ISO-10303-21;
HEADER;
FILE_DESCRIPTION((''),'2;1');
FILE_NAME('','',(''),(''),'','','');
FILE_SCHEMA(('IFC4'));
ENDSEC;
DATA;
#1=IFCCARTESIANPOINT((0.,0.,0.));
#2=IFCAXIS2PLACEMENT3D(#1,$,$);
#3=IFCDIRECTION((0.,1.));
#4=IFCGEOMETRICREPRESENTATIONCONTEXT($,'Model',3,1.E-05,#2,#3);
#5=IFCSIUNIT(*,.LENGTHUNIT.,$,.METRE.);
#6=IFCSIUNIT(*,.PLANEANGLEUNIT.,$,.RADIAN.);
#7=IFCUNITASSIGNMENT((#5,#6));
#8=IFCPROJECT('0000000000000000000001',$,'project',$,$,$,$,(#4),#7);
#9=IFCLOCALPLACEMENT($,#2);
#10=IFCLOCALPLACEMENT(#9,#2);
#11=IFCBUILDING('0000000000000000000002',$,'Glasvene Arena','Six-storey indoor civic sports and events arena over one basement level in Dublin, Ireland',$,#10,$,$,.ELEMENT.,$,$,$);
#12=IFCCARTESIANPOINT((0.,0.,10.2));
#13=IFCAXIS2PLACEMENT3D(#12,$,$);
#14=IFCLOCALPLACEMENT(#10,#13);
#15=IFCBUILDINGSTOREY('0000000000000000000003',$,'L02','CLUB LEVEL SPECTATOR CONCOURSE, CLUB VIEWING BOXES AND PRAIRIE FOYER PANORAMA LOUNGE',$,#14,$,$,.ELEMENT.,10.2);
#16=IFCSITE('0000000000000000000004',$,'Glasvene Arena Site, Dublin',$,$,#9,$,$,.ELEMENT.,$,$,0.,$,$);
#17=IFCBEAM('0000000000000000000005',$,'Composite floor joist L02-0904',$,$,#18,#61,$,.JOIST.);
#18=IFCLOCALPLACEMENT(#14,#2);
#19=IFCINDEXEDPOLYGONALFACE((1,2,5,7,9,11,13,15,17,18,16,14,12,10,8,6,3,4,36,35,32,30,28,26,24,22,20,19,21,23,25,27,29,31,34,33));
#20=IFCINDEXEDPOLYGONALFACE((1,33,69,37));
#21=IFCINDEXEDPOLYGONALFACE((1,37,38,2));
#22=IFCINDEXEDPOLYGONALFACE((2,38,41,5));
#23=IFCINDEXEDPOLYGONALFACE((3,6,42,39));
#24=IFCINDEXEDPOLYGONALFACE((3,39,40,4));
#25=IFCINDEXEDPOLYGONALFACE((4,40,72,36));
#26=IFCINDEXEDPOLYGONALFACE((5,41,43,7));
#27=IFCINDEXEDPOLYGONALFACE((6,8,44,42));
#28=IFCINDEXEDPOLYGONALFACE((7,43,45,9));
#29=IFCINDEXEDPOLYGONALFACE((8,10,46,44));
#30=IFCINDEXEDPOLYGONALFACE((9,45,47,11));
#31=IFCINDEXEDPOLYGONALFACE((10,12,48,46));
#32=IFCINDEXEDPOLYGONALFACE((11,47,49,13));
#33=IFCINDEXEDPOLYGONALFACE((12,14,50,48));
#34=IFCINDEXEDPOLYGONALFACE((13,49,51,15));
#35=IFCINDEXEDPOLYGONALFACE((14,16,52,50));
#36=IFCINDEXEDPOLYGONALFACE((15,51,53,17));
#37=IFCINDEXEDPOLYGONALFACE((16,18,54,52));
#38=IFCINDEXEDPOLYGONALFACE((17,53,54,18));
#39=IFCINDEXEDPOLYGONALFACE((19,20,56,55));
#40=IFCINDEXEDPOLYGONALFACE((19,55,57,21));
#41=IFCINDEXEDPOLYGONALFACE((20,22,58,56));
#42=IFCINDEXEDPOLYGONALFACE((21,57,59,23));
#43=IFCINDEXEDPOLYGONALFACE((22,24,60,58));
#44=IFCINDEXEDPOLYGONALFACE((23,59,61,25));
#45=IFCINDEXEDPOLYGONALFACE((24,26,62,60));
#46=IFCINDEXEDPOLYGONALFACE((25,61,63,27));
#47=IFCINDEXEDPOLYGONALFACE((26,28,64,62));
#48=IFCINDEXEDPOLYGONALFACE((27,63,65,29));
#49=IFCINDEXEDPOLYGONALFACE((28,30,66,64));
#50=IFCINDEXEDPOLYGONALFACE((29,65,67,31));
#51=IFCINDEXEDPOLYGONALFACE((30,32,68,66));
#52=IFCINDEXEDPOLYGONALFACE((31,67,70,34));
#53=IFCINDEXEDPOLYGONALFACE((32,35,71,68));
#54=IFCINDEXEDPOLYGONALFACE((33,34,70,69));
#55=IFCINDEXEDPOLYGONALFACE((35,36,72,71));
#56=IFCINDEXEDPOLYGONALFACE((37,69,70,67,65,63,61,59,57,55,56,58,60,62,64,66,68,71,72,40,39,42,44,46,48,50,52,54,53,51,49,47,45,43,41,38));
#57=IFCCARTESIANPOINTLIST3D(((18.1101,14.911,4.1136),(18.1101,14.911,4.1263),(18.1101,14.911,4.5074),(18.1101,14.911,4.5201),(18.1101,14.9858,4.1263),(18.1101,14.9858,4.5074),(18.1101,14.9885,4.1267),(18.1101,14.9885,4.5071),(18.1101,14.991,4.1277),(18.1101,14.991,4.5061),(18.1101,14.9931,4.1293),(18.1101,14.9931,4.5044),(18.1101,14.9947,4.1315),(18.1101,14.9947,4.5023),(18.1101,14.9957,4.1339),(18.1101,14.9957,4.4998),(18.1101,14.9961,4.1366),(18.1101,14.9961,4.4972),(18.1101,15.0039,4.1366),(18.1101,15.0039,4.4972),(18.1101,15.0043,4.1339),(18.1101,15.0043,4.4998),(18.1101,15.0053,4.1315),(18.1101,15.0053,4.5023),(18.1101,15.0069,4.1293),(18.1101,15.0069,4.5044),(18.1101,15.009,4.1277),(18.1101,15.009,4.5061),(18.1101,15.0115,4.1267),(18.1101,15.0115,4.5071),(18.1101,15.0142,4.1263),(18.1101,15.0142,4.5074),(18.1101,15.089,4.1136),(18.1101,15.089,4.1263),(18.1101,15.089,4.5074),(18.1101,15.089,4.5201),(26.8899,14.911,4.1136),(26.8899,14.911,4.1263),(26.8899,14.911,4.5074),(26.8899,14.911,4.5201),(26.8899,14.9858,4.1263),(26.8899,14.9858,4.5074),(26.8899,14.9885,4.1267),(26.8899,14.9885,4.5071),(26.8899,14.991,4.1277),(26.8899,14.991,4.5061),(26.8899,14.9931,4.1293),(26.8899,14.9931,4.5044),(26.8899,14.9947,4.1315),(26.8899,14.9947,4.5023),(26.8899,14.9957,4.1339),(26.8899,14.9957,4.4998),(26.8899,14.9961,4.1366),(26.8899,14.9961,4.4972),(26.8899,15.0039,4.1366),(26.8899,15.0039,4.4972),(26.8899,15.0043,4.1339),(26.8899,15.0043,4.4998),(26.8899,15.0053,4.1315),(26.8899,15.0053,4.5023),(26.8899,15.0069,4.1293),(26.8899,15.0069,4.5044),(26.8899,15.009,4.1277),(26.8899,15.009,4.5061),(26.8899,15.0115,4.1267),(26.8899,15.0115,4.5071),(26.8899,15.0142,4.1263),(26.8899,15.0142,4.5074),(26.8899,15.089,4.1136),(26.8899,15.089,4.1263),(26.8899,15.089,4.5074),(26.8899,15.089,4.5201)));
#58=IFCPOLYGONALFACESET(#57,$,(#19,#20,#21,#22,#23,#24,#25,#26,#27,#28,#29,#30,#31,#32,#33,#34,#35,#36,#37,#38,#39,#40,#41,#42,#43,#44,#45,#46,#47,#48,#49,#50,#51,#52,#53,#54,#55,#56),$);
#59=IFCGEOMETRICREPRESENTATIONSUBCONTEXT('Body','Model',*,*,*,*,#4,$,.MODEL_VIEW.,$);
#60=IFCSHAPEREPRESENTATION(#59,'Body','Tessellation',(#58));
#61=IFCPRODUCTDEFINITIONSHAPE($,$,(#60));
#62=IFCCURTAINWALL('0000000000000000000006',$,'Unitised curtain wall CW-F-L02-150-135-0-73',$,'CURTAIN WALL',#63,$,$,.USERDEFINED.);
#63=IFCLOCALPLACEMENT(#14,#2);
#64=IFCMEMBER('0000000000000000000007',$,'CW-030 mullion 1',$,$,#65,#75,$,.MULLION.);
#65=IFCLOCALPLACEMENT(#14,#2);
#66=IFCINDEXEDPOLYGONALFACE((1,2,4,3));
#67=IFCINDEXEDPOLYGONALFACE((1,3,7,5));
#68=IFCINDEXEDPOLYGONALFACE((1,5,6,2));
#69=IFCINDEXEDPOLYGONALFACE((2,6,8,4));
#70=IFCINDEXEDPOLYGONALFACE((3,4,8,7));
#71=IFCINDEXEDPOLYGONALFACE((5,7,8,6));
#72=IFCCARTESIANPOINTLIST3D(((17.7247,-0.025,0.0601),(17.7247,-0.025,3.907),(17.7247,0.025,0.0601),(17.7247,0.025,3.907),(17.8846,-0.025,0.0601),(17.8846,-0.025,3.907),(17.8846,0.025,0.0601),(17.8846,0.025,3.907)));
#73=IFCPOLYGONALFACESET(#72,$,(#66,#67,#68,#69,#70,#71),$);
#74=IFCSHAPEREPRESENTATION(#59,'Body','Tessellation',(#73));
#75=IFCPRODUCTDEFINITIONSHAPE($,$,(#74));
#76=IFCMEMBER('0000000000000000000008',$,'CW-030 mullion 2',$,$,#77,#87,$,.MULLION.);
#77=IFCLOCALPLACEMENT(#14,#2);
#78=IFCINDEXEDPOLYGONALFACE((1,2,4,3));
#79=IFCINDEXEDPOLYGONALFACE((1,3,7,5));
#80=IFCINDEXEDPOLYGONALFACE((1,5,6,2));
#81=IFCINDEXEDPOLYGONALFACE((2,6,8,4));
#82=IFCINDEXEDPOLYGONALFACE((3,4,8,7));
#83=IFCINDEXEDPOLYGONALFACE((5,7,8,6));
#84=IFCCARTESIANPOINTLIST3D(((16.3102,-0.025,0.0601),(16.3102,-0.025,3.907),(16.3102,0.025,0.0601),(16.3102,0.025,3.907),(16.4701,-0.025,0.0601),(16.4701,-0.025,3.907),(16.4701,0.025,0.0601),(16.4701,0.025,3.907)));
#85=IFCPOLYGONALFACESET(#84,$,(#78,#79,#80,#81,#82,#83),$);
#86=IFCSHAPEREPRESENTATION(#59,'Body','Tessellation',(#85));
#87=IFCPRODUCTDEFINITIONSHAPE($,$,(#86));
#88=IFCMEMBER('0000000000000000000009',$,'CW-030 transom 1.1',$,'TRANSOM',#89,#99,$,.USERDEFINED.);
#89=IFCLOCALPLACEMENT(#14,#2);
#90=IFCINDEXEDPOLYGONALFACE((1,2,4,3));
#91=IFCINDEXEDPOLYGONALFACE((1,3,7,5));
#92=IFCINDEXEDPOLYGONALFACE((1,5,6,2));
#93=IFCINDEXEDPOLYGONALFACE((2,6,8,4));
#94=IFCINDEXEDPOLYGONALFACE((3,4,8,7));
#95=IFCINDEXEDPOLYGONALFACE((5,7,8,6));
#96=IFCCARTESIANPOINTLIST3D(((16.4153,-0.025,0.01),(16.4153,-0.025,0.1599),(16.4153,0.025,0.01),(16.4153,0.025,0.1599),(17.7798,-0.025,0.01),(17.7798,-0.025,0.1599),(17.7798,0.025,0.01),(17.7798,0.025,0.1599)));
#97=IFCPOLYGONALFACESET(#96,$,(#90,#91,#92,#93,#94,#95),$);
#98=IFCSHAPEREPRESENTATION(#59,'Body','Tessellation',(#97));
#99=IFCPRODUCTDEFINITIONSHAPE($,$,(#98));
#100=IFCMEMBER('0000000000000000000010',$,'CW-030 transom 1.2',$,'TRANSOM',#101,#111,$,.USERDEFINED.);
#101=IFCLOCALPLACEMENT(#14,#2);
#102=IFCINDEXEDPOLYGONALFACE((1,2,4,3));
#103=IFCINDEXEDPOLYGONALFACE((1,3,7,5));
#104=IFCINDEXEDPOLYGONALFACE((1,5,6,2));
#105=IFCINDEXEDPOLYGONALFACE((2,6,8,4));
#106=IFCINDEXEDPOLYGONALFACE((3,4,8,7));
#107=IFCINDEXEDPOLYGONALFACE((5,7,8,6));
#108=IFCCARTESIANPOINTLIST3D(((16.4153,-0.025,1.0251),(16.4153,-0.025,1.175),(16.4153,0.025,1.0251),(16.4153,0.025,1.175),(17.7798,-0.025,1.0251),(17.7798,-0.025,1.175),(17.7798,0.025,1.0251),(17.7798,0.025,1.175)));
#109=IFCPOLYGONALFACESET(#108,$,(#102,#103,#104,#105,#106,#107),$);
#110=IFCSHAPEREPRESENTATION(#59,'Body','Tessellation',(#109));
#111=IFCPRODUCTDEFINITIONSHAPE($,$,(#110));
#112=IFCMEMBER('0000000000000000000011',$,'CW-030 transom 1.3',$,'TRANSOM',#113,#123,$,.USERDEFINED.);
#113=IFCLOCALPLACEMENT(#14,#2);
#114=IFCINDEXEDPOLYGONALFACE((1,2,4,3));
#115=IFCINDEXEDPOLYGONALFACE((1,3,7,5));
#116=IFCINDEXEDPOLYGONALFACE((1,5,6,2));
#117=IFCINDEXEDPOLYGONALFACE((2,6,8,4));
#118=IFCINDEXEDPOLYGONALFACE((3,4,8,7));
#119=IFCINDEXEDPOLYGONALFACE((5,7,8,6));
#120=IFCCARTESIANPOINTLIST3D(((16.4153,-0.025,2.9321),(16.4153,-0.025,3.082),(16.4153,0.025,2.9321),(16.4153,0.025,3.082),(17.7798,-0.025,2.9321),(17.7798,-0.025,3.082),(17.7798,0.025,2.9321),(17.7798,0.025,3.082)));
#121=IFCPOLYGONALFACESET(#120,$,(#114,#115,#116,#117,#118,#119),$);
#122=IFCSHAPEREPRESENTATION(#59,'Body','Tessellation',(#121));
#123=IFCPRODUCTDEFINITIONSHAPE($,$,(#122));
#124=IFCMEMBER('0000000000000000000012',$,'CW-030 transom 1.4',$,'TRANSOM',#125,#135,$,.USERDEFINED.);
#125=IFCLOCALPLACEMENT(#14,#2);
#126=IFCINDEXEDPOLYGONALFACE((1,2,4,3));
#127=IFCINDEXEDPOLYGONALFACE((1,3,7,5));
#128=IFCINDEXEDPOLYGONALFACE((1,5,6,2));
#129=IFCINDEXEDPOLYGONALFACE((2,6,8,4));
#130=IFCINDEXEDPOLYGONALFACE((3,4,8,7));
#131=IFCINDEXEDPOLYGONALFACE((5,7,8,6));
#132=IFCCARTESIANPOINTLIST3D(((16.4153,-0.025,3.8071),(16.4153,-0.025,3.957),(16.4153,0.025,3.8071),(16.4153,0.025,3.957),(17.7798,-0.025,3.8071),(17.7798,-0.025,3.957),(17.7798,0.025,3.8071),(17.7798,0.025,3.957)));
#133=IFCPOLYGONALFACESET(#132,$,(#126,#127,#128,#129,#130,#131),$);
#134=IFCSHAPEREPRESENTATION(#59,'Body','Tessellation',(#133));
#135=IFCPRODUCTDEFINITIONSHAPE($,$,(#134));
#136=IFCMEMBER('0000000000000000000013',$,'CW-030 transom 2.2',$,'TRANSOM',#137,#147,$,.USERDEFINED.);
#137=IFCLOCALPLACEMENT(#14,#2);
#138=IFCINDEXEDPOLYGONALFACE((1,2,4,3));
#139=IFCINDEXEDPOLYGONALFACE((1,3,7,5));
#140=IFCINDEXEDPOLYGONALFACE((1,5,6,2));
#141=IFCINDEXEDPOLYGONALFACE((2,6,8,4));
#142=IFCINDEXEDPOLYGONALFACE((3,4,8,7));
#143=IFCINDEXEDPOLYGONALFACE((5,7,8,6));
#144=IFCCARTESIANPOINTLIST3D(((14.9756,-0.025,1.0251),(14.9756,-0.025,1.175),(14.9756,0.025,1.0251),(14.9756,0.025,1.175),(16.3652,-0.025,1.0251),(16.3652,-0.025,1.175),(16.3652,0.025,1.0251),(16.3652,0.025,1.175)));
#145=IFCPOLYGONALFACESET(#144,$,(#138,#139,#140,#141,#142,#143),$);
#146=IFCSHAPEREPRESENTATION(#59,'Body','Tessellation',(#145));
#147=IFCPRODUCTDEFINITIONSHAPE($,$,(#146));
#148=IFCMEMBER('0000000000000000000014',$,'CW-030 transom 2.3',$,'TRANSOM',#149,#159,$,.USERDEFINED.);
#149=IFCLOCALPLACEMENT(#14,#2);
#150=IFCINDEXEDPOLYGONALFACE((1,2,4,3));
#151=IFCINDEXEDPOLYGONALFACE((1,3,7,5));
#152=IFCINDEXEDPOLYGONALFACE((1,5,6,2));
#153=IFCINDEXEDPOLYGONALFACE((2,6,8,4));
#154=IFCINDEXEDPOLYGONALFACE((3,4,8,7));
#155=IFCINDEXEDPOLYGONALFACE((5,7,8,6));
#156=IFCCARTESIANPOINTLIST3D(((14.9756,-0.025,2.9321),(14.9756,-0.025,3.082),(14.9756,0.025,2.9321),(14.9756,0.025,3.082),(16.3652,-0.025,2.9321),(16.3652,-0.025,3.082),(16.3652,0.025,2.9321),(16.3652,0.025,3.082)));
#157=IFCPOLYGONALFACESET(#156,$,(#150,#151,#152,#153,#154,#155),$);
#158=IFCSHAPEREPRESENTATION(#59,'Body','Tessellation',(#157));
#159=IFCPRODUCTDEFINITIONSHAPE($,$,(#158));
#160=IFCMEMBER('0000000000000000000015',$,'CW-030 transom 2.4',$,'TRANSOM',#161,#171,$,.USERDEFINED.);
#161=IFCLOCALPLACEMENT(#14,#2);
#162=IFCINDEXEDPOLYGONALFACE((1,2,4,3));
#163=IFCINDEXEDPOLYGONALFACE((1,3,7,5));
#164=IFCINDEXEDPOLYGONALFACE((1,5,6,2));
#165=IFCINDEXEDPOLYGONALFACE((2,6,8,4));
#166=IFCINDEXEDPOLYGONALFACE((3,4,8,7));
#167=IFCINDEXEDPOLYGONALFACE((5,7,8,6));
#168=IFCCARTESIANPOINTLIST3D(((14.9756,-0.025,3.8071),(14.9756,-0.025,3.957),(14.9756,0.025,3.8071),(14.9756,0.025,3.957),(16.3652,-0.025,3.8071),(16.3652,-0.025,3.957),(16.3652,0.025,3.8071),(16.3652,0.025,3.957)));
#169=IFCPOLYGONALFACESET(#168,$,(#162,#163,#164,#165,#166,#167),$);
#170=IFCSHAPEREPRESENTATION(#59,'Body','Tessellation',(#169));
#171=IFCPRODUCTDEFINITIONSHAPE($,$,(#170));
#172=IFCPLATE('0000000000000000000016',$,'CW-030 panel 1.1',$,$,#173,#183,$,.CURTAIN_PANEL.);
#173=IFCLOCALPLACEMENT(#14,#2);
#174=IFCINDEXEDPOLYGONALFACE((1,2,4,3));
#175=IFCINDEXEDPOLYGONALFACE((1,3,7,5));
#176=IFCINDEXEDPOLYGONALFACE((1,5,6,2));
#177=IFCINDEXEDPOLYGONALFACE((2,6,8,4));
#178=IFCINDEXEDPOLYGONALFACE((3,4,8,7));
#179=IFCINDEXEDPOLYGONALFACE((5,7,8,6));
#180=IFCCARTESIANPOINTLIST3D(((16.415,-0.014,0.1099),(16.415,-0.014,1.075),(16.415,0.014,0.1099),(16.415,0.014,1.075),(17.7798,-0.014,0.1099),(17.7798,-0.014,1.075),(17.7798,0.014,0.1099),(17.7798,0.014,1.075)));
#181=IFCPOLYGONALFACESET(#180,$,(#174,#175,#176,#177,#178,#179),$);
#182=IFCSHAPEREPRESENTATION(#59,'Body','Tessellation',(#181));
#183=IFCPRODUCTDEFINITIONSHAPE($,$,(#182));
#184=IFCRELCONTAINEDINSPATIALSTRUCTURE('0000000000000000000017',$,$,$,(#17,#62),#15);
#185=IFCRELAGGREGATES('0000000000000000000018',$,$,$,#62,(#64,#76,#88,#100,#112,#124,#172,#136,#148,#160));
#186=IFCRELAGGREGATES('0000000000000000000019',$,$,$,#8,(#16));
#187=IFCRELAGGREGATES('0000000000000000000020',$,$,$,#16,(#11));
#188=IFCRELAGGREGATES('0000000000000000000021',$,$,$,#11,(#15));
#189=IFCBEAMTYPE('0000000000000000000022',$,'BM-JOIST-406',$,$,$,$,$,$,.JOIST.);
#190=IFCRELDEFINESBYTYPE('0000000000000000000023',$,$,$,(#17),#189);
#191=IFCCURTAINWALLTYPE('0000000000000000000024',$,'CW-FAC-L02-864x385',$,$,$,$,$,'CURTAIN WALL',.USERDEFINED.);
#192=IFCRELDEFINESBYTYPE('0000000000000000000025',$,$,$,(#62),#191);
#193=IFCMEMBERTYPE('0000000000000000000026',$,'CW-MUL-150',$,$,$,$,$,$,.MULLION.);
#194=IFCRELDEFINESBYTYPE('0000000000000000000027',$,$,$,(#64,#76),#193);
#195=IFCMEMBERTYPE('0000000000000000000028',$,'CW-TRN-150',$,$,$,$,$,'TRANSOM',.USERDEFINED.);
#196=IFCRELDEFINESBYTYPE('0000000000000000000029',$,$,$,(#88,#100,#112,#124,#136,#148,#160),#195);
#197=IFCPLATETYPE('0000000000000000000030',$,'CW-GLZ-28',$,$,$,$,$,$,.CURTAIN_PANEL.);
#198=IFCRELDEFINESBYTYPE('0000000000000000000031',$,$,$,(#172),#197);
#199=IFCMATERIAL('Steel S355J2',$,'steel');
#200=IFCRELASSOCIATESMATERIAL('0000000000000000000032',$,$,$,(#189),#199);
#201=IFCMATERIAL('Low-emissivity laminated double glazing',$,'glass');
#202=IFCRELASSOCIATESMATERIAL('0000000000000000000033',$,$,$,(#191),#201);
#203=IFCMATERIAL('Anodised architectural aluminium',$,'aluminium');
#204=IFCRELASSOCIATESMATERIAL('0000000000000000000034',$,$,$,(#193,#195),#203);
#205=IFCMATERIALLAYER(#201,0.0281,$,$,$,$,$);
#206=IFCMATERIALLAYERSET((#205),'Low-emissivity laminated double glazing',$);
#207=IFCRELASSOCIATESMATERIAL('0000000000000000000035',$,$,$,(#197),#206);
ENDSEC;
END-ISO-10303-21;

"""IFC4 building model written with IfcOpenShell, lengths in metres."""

from ifc_helpers import new_model, si_unit, direction, frame, origin, origin_2d, place, context, subcontext, project, spatial, rectangle, i_section, extrude, material, layer, layer_set, material_profile, profile_set, type_object, element, aggregate, save


model = new_model("IFC4")

# Units and contexts
model_context = context("Model", 3, precision=1e-05, world=origin(), true_north=direction((0.0, 1.0)))
body_context = subcontext(model_context, "Body", "Model", "MODEL_VIEW")
ifc_project = project(units=[si_unit("LENGTHUNIT", "METRE"), si_unit("PLANEANGLEUNIT", "RADIAN")], contexts=[model_context])

# Site, building, storey
site_placement = place(None, origin())
site = spatial("IfcSite", under=ifc_project, at=site_placement, Name="Glasvene Arena Site, Dublin", CompositionType="ELEMENT", RefElevation=0.0)
building_placement = place(site_placement, origin())
building = spatial("IfcBuilding", under=site, at=building_placement, Name="Glasvene Arena", Description="Six-storey indoor civic sports and events arena over one basement level in Dublin, Ireland", CompositionType="ELEMENT")
storey_placement = place(building_placement, frame((0.0, 0.0, 10.2)))
storey = spatial("IfcBuildingStorey", under=building, at=storey_placement, Name="L02", Description="CLUB LEVEL SPECTATOR CONCOURSE, CLUB VIEWING BOXES AND PRAIRIE FOYER PANORAMA LOUNGE", CompositionType="ELEMENT", Elevation=10.2)

# Shared definitions
ifc_material_1 = material(Name="Steel S355J2", Category="steel")

# Beam
ifc_material_profile_1 = material_profile(ifc_material_1, i_section(OverallWidth=0.178, OverallDepth=0.4065, WebThickness=0.0078, FlangeThickness=0.0127, FilletRadius=0.0103, at=origin_2d()), Name="UKB 406x178x60")
ifc_profile_set_1 = profile_set([ifc_material_profile_1], Name="Steel S355J2")
beam_type_1 = type_object("IfcBeamType", Name="BM-JOIST-406", PredefinedType="JOIST", material=ifc_profile_set_1)
for number, where, z_axis, x_axis, name in (
    (1, (18.1101, 15.0, 4.3169), (1.0, 0.0, 0.0), (0.0, 1.0, 0.0), "Composite floor joist L02-0904"),
):
    element("IfcBeam", number, at=place(storey_placement, frame(where, z_axis=z_axis, x_axis=x_axis)), inside=storey, type_object=beam_type_1, Name=name, PredefinedType="JOIST", context=body_context, shape_type="SweptSolid", body=[
        extrude(i_section(OverallWidth=0.178, OverallDepth=0.4065, WebThickness=0.0078, FlangeThickness=0.0127, FilletRadius=0.0103, at=origin_2d()), origin(), (0.0, 0.0, 1.0), 8.7798),
    ])

# Curtain wall, members, plate
ifc_material_2 = material(Name="Low-emissivity laminated double glazing", Category="glass")
curtain_wall_type = type_object("IfcCurtainWallType", Name="CW-FAC-L02-864x385", ElementType="CURTAIN WALL", PredefinedType="USERDEFINED", material=ifc_material_2)
curtain_wall_placement = place(storey_placement, frame((17.8298, 0.0, 0.0)))
curtain_wall = element("IfcCurtainWall", 2, at=curtain_wall_placement, inside=storey, type_object=curtain_wall_type, Name="Unitised curtain wall CW-F-L02-150-135-0-73", ObjectType="CURTAIN WALL", PredefinedType="USERDEFINED")
ifc_material_3 = material(Name="Anodised architectural aluminium", Category="aluminium")
ifc_material_profile_2 = material_profile(ifc_material_3, rectangle(XDim=0.05, YDim=0.1599, at=origin_2d()), Name="ALU MULLION 50x160")
ifc_profile_set_2 = profile_set([ifc_material_profile_2], Name="Anodised architectural aluminium")
member_type_1 = type_object("IfcMemberType", Name="CW-MUL-150", PredefinedType="MULLION", material=ifc_profile_set_2)
member_1_placement = place(storey_placement, frame((17.8047, 0.0, 0.0601), z_axis=(0.0, 0.0, 1.0), x_axis=(0.0, -1.0, 0.0)))
member_1 = element("IfcMember", 3, at=member_1_placement, type_object=member_type_1, Name="CW-030 mullion 1", PredefinedType="MULLION", context=body_context, shape_type="SweptSolid", body=[
    extrude(rectangle(XDim=0.05, YDim=0.1599, at=origin_2d()), origin(), (0.0, 0.0, 1.0), 3.8469),
])
member_2_placement = place(storey_placement, frame((16.3901, 0.0, 0.0601), z_axis=(0.0, 0.0, 1.0), x_axis=(0.0, -1.0, 0.0)))
member_2 = element("IfcMember", 4, at=member_2_placement, type_object=member_type_1, Name="CW-030 mullion 2", PredefinedType="MULLION", context=body_context, shape_type="SweptSolid", body=[
    extrude(rectangle(XDim=0.05, YDim=0.1599, at=origin_2d()), origin(), (0.0, 0.0, 1.0), 3.8469),
])
ifc_material_profile_3 = material_profile(ifc_material_3, rectangle(XDim=0.05, YDim=0.1499, at=origin_2d()), Name="ALU TRANSOM 50x150")
ifc_profile_set_3 = profile_set([ifc_material_profile_3], Name="Anodised architectural aluminium")
member_type_2 = type_object("IfcMemberType", Name="CW-TRN-150", ElementType="TRANSOM", PredefinedType="USERDEFINED", material=ifc_profile_set_3)
member_3_placement = place(storey_placement, frame((17.7798, 0.0, 0.085), z_axis=(-1.0, 0.0, 0.0), x_axis=(0.0, -1.0, 0.0)))
member_3 = element("IfcMember", 5, at=member_3_placement, type_object=member_type_2, Name="CW-030 transom 1.1", ObjectType="TRANSOM", PredefinedType="USERDEFINED", context=body_context, shape_type="SweptSolid", body=[
    extrude(rectangle(XDim=0.05, YDim=0.1499, at=origin_2d()), origin(), (0.0, 0.0, 1.0), 1.3645),
])
member_4_placement = place(storey_placement, frame((17.7798, 0.0, 1.1001), z_axis=(-1.0, 0.0, 0.0), x_axis=(0.0, -1.0, 0.0)))
member_4 = element("IfcMember", 6, at=member_4_placement, type_object=member_type_2, Name="CW-030 transom 1.2", ObjectType="TRANSOM", PredefinedType="USERDEFINED", context=body_context, shape_type="SweptSolid", body=[
    extrude(rectangle(XDim=0.05, YDim=0.1499, at=origin_2d()), origin(), (0.0, 0.0, 1.0), 1.3645),
])
member_5_placement = place(storey_placement, frame((17.7798, 0.0, 3.0071), z_axis=(-1.0, 0.0, 0.0), x_axis=(0.0, -1.0, 0.0)))
member_5 = element("IfcMember", 7, at=member_5_placement, type_object=member_type_2, Name="CW-030 transom 1.3", ObjectType="TRANSOM", PredefinedType="USERDEFINED", context=body_context, shape_type="SweptSolid", body=[
    extrude(rectangle(XDim=0.05, YDim=0.1499, at=origin_2d()), origin(), (0.0, 0.0, 1.0), 1.3645),
])
member_6_placement = place(storey_placement, frame((17.7798, 0.0, 3.8821), z_axis=(-1.0, 0.0, 0.0), x_axis=(0.0, -1.0, 0.0)))
member_6 = element("IfcMember", 8, at=member_6_placement, type_object=member_type_2, Name="CW-030 transom 1.4", ObjectType="TRANSOM", PredefinedType="USERDEFINED", context=body_context, shape_type="SweptSolid", body=[
    extrude(rectangle(XDim=0.05, YDim=0.1499, at=origin_2d()), origin(), (0.0, 0.0, 1.0), 1.3645),
])
member_7_placement = place(storey_placement, frame((16.3652, 0.0, 1.1001), z_axis=(-1.0, 0.0, 0.0), x_axis=(0.0, -1.0, 0.0)))
member_7 = element("IfcMember", 9, at=member_7_placement, type_object=member_type_2, Name="CW-030 transom 2.2", ObjectType="TRANSOM", PredefinedType="USERDEFINED", context=body_context, shape_type="SweptSolid", body=[
    extrude(rectangle(XDim=0.05, YDim=0.1499, at=origin_2d()), origin(), (0.0, 0.0, 1.0), 1.3896),
])
member_8_placement = place(storey_placement, frame((16.3652, 0.0, 3.0071), z_axis=(-1.0, 0.0, 0.0), x_axis=(0.0, -1.0, 0.0)))
member_8 = element("IfcMember", 10, at=member_8_placement, type_object=member_type_2, Name="CW-030 transom 2.3", ObjectType="TRANSOM", PredefinedType="USERDEFINED", context=body_context, shape_type="SweptSolid", body=[
    extrude(rectangle(XDim=0.05, YDim=0.1499, at=origin_2d()), origin(), (0.0, 0.0, 1.0), 1.3896),
])
member_9_placement = place(storey_placement, frame((16.3652, 0.0, 3.8821), z_axis=(-1.0, 0.0, 0.0), x_axis=(0.0, -1.0, 0.0)))
member_9 = element("IfcMember", 11, at=member_9_placement, type_object=member_type_2, Name="CW-030 transom 2.4", ObjectType="TRANSOM", PredefinedType="USERDEFINED", context=body_context, shape_type="SweptSolid", body=[
    extrude(rectangle(XDim=0.05, YDim=0.1499, at=origin_2d()), origin(), (0.0, 0.0, 1.0), 1.3896),
])
ifc_layer_1 = layer(ifc_material_2, 0.0281)
ifc_layer_set_1 = layer_set([ifc_layer_1], Name="Low-emissivity laminated double glazing")
plate_type = type_object("IfcPlateType", Name="CW-GLZ-28", PredefinedType="CURTAIN_PANEL", material=ifc_layer_set_1)
plate_1_placement = place(storey_placement, frame((17.0974, 0.0, 0.1099), z_axis=(0.0, 0.0, 1.0), x_axis=(-1.0, 0.0, 0.0)))
plate_1 = element("IfcPlate", 12, at=plate_1_placement, type_object=plate_type, Name="CW-030 panel 1.1", PredefinedType="CURTAIN_PANEL", context=body_context, shape_type="SweptSolid", body=[
    extrude(rectangle(XDim=1.3647, YDim=0.0281, at=origin_2d()), origin(), (0.0, 0.0, 1.0), 0.9651),
])
aggregate(curtain_wall, [member_1, member_2, member_3, member_4, member_5, member_6, plate_1, member_7, member_8, member_9])

save(model, "model.ifc")
